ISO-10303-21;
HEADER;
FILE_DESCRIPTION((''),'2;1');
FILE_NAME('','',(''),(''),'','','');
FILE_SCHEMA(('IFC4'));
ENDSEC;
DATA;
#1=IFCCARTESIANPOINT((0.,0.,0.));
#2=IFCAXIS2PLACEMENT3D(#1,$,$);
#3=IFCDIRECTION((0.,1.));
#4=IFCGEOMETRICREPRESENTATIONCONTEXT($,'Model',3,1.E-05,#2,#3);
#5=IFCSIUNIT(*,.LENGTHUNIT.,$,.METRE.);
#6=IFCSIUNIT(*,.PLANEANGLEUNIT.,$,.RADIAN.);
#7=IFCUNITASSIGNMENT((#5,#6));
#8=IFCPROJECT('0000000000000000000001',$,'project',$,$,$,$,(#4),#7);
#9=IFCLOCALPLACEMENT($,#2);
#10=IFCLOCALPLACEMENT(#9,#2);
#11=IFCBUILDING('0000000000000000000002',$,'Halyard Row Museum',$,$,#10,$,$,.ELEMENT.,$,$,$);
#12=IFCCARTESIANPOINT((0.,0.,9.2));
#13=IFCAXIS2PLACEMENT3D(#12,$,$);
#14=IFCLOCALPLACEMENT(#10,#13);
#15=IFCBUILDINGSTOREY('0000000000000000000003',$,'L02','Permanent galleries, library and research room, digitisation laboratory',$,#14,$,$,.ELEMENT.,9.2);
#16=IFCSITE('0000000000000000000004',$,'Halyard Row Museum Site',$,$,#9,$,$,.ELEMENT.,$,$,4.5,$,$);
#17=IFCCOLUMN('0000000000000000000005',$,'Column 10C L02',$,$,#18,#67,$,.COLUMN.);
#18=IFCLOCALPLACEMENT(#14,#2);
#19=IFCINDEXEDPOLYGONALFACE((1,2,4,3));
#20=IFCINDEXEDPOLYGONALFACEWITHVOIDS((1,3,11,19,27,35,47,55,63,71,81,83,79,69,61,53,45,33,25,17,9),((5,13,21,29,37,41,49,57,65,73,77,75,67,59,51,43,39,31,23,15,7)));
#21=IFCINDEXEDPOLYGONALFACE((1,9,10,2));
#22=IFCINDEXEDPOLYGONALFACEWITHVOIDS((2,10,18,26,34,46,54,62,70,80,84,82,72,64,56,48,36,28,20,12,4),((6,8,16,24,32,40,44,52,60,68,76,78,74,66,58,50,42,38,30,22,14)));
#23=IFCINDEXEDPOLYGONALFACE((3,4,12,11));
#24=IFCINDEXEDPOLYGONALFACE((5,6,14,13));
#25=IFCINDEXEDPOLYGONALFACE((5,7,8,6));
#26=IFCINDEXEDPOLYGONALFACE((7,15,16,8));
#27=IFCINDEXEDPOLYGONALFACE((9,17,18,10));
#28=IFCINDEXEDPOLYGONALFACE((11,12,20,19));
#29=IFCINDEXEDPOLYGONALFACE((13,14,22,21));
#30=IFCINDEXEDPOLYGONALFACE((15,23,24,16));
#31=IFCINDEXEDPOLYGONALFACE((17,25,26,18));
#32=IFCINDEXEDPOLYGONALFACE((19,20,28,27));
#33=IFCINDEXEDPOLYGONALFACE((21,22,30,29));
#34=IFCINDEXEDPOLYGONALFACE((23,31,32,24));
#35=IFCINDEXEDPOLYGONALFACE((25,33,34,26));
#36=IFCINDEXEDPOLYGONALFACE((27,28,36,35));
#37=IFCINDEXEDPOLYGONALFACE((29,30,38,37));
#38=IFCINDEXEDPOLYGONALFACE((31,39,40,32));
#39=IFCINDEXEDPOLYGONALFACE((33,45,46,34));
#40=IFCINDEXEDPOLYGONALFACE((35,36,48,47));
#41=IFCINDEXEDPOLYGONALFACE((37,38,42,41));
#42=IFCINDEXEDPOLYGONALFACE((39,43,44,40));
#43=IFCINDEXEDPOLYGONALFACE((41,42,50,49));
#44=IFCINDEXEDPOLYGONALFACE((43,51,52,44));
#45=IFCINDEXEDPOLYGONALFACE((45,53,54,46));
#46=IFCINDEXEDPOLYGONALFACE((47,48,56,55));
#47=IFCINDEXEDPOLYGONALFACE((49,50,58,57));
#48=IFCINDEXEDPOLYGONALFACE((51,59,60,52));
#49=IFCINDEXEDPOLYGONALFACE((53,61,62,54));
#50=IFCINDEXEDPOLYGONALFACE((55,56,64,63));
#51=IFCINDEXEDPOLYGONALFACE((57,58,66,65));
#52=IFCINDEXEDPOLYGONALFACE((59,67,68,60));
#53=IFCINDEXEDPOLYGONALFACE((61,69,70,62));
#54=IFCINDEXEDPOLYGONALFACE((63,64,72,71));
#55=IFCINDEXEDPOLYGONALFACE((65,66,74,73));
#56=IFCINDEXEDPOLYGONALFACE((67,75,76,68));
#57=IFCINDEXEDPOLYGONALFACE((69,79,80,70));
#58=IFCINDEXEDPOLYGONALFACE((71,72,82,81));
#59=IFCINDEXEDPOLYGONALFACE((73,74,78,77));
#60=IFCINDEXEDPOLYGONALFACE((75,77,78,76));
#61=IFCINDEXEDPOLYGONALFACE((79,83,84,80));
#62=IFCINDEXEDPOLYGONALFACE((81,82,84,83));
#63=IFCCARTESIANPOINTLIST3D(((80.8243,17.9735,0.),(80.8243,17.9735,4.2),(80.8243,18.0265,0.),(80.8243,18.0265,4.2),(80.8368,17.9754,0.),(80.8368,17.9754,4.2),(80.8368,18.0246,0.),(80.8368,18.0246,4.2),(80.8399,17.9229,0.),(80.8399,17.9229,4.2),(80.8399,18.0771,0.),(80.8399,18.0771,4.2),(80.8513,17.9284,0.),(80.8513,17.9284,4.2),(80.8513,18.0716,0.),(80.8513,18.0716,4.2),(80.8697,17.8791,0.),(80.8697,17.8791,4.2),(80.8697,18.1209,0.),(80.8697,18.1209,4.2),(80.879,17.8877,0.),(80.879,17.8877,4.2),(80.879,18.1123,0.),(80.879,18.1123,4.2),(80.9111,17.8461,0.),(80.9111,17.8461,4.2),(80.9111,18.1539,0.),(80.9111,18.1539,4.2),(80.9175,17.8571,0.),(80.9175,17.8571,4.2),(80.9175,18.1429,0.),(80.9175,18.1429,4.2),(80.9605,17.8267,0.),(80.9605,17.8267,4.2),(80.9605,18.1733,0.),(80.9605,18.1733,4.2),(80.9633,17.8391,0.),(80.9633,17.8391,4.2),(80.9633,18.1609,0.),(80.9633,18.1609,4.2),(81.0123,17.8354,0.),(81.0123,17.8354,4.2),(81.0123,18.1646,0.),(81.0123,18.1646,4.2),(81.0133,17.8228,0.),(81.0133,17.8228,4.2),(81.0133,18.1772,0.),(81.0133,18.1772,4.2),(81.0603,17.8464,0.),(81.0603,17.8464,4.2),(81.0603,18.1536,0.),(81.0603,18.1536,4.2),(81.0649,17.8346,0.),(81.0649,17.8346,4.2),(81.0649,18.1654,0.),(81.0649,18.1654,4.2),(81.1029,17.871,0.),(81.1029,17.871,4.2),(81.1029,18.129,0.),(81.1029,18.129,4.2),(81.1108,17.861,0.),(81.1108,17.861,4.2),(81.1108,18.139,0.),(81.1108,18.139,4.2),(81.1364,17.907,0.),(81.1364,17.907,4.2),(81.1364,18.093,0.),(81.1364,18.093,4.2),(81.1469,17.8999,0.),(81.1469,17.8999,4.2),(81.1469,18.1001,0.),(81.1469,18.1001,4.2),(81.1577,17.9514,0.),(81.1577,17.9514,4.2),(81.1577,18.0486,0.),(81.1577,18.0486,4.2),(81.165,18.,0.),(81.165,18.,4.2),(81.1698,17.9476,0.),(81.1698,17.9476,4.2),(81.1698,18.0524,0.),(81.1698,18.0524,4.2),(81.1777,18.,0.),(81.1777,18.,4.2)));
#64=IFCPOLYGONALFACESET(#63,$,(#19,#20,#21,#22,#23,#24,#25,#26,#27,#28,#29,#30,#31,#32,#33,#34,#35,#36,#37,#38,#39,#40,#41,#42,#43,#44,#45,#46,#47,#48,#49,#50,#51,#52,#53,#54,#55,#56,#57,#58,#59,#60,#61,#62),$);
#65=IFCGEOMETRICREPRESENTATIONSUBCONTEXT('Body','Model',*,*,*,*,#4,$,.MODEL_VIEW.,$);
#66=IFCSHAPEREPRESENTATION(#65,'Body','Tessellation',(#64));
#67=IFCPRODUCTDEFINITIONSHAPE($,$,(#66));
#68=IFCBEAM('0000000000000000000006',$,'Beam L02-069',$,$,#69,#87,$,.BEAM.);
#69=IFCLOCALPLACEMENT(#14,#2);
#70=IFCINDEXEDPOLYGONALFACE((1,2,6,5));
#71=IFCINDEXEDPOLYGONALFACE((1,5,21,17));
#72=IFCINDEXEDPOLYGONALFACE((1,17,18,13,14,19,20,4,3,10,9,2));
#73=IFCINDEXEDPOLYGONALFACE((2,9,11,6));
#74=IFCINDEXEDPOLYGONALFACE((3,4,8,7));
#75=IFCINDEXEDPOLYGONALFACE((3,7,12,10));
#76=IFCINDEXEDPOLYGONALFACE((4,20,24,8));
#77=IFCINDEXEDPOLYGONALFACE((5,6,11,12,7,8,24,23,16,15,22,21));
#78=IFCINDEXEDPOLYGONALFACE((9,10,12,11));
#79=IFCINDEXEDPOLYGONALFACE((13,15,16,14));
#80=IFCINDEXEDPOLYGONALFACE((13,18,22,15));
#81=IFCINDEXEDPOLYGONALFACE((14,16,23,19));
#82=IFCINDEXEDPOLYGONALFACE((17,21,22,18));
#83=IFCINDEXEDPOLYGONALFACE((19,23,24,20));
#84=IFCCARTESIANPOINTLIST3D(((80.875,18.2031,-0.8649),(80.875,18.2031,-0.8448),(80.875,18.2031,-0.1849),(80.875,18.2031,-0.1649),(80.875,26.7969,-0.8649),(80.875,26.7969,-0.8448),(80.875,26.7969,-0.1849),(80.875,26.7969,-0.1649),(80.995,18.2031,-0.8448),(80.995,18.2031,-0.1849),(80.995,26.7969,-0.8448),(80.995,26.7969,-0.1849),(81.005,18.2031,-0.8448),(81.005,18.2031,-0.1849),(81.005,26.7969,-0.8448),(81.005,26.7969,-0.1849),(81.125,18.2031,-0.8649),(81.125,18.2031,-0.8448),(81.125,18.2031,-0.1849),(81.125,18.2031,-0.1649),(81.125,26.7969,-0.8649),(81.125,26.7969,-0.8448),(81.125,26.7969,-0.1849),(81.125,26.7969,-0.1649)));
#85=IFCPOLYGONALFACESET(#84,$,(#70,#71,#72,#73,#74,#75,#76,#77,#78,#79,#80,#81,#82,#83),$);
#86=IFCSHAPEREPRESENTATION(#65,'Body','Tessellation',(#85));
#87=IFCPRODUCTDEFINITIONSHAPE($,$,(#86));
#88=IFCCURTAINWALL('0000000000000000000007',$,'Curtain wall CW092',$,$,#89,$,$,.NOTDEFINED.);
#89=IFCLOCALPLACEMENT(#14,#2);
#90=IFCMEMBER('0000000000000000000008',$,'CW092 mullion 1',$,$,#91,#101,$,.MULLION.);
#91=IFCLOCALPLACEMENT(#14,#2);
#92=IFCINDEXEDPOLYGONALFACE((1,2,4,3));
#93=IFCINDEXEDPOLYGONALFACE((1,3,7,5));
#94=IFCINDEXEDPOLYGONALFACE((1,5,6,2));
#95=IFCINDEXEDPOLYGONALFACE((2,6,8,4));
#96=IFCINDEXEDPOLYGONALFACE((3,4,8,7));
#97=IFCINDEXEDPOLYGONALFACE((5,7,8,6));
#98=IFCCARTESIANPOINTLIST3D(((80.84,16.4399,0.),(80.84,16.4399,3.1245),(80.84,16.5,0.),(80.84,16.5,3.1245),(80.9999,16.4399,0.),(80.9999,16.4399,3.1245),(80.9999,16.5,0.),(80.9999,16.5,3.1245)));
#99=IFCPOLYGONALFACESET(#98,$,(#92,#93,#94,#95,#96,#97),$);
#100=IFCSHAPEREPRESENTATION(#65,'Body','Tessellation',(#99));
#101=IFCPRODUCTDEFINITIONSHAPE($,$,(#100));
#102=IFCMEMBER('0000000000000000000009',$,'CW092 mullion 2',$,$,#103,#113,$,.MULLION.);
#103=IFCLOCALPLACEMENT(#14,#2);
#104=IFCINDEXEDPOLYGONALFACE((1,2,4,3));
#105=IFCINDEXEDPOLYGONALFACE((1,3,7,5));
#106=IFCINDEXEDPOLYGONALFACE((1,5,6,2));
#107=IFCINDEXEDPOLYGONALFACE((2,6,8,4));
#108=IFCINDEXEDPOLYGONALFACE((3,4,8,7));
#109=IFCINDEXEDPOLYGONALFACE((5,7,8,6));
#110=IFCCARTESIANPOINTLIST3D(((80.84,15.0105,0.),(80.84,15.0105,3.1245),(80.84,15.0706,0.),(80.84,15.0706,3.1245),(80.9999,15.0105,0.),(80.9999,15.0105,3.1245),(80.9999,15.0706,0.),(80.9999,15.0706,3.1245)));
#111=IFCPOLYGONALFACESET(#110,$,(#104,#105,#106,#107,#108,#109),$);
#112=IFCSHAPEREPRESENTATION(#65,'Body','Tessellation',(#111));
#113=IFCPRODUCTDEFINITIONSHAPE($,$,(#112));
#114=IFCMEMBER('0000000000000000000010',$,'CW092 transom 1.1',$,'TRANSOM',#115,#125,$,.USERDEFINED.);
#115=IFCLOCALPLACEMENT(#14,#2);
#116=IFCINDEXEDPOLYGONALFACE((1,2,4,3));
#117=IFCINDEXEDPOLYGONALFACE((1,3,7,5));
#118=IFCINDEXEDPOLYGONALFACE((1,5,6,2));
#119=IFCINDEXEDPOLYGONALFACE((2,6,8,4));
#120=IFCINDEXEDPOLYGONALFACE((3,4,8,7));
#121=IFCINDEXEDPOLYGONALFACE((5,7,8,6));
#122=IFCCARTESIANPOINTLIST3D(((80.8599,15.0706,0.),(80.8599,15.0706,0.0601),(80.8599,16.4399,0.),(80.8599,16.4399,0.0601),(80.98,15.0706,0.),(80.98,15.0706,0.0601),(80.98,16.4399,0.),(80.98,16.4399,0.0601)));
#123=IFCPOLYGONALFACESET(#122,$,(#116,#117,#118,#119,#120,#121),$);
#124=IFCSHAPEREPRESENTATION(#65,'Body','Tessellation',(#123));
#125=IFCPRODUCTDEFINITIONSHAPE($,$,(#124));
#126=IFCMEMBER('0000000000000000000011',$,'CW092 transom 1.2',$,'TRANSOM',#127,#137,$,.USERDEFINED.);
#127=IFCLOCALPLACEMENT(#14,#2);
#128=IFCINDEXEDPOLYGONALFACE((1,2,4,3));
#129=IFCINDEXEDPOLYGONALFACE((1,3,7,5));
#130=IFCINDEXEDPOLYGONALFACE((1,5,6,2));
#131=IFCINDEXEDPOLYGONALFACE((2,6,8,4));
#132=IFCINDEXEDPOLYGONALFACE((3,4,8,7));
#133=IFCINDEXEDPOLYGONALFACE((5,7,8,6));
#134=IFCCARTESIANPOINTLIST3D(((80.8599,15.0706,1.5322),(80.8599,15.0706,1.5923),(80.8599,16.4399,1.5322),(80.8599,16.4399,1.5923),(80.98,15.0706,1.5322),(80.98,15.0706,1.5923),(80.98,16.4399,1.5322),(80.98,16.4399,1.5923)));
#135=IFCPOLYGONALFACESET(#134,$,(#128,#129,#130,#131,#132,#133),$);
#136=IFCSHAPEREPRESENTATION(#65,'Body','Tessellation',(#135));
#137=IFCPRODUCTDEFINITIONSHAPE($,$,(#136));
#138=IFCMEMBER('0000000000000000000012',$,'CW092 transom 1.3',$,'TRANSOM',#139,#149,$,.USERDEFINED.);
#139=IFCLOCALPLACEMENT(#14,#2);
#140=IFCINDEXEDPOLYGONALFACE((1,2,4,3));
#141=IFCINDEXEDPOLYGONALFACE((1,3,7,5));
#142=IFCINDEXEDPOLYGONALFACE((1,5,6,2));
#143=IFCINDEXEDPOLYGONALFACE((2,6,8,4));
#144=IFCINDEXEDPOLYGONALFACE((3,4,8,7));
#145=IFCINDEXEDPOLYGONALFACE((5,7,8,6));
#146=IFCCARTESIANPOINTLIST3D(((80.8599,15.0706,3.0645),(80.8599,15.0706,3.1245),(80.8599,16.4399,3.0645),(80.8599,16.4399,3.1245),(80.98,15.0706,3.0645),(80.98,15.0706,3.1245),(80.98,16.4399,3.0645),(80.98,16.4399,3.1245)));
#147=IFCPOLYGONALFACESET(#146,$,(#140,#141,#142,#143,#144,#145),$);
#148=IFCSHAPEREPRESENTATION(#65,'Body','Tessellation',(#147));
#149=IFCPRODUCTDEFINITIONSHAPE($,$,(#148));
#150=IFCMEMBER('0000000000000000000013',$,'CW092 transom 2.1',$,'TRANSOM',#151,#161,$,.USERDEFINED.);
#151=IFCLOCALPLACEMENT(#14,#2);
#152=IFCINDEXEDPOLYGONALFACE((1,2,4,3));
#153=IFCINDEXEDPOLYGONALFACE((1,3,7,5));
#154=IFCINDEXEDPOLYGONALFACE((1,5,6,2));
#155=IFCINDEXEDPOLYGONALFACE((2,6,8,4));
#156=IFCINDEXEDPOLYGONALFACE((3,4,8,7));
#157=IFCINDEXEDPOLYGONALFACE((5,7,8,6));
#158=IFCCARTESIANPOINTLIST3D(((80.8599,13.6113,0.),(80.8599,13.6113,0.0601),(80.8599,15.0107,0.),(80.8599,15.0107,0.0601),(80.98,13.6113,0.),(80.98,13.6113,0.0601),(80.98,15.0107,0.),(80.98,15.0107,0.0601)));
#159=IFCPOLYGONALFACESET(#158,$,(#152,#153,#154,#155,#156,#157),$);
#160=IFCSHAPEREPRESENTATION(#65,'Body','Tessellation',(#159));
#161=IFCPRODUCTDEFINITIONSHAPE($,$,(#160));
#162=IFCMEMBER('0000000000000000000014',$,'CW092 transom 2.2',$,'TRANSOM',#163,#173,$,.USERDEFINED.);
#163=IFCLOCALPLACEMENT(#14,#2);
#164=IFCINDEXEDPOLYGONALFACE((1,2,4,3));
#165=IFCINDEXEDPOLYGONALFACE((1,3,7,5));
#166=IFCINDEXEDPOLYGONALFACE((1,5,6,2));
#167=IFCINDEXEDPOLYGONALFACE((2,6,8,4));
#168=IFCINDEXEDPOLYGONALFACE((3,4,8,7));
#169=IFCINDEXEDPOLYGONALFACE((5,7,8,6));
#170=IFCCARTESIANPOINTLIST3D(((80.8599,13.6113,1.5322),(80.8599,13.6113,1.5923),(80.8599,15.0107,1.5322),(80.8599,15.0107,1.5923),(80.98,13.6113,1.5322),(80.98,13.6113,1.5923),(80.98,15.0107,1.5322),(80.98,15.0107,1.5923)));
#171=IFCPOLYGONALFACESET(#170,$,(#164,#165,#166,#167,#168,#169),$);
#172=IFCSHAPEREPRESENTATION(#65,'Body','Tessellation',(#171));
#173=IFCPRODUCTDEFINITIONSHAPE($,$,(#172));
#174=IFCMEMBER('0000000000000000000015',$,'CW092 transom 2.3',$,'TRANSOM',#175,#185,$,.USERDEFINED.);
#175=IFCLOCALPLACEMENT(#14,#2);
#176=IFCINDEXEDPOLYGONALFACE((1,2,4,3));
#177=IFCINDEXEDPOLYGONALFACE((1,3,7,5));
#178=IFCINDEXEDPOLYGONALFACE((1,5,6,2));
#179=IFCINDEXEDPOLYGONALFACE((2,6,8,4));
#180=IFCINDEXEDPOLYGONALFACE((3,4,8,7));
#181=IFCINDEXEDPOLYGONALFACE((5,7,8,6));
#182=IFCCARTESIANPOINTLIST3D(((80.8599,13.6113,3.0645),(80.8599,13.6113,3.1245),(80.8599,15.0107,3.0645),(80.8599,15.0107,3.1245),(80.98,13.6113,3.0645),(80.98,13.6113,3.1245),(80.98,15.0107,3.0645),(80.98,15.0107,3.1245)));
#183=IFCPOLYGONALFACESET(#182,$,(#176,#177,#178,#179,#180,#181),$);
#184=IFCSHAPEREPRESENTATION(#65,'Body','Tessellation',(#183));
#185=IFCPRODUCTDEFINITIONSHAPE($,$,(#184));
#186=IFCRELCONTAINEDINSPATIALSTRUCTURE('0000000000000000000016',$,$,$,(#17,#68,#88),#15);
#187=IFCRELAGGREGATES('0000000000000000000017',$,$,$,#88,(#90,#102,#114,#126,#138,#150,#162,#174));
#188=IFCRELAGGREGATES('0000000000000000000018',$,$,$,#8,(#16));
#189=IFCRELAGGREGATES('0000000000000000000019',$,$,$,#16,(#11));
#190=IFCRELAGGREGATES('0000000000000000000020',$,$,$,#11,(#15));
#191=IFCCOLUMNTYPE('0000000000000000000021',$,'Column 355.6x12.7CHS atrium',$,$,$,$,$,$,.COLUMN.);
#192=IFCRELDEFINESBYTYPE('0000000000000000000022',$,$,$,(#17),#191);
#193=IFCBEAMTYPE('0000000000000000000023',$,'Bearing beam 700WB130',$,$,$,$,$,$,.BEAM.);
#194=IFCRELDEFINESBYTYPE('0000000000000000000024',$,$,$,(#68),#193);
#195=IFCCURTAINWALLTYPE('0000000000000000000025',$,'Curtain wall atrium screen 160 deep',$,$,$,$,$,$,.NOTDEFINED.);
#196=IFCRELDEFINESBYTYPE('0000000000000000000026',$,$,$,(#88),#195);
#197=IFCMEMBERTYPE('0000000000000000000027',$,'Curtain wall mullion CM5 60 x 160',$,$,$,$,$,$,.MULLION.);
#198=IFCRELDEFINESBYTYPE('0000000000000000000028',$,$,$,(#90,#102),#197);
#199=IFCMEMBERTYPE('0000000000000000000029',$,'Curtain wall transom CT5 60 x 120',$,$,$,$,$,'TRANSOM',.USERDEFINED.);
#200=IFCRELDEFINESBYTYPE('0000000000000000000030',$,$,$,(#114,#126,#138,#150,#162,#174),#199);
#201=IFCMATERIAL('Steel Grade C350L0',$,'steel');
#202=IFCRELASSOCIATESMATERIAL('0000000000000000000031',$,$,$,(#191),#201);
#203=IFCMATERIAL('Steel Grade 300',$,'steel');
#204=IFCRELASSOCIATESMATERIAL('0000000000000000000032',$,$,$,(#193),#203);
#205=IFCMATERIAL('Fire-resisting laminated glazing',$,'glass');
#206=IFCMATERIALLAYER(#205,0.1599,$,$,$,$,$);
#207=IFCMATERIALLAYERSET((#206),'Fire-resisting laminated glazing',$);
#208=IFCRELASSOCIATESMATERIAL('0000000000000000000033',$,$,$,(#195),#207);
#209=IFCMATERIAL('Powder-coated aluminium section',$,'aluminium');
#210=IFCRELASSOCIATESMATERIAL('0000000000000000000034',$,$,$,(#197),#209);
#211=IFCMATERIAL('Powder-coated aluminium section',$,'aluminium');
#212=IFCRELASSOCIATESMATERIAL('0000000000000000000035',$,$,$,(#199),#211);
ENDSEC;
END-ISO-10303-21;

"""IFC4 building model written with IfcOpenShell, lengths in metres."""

from ifc_helpers import new_model, si_unit, direction, frame, origin, origin_2d, place, context, subcontext, project, spatial, rectangle, hollow_circle, i_section, extrude, material, layer, layer_set, material_profile, profile_set, type_object, element, aggregate, save


model = new_model("IFC4")

# Units and contexts
model_context = context("Model", 3, precision=1e-05, world=origin(), true_north=direction((0.0, 1.0)))
body_context = subcontext(model_context, "Body", "Model", "MODEL_VIEW")
ifc_project = project(units=[si_unit("LENGTHUNIT", "METRE"), si_unit("PLANEANGLEUNIT", "RADIAN")], contexts=[model_context])

# Site, building, storey
site_placement = place(None, origin())
site = spatial("IfcSite", under=ifc_project, at=site_placement, Name="Halyard Row Museum Site", CompositionType="ELEMENT", RefElevation=4.5)
building_placement = place(site_placement, origin())
building = spatial("IfcBuilding", under=site, at=building_placement, Name="Halyard Row Museum", CompositionType="ELEMENT")
storey_placement = place(building_placement, frame((0.0, 0.0, 9.2)))
storey = spatial("IfcBuildingStorey", under=building, at=storey_placement, Name="L02", Description="Permanent galleries, library and research room, digitisation laboratory", CompositionType="ELEMENT", Elevation=9.2)

# Column
ifc_material_1 = material(Name="Steel Grade C350L0", Category="steel")
ifc_material_profile_1 = material_profile(ifc_material_1, hollow_circle(Radius=0.1777, WallThickness=0.0127, at=origin_2d()), Name="355.6x12.7CHS")
ifc_profile_set_1 = profile_set([ifc_material_profile_1], Name="Steel Grade C350L0")
column_type = type_object("IfcColumnType", Name="Column 355.6x12.7CHS atrium", PredefinedType="COLUMN", material=ifc_profile_set_1)
column_placement = place(storey_placement, frame((81.0, 18.0, 0.0), z_axis=(0.0, 0.0, 1.0), x_axis=(1.0, 0.0, 0.0)))
element("IfcColumn", 1, at=column_placement, inside=storey, type_object=column_type, Name="Column 10C L02", PredefinedType="COLUMN", context=body_context, shape_type="SweptSolid", body=[
    extrude(hollow_circle(Radius=0.1777, WallThickness=0.0127, at=origin_2d()), origin(), (0.0, 0.0, 1.0), 4.2),
])

# Beam
ifc_material_2 = material(Name="Steel Grade 300", Category="steel")
ifc_material_profile_2 = material_profile(ifc_material_2, i_section(OverallWidth=0.25, OverallDepth=0.7, WebThickness=0.01, FlangeThickness=0.02, at=origin_2d()), Name="700WB130")
ifc_profile_set_2 = profile_set([ifc_material_profile_2], Name="Steel Grade 300")
beam_type_1 = type_object("IfcBeamType", Name="Bearing beam 700WB130", PredefinedType="BEAM", material=ifc_profile_set_2)
beam_1_placement = place(storey_placement, frame((81.0, 18.2031, -0.5149), z_axis=(0.0, 1.0, 0.0), x_axis=(-1.0, 0.0, 0.0)))
element("IfcBeam", 2, at=beam_1_placement, inside=storey, type_object=beam_type_1, Name="Beam L02-069", PredefinedType="BEAM", context=body_context, shape_type="SweptSolid", body=[
    extrude(i_section(OverallWidth=0.25, OverallDepth=0.7, WebThickness=0.01, FlangeThickness=0.02, at=origin_2d()), origin(), (0.0, 0.0, 1.0), 8.5938),
])

# Curtain wall, members
ifc_material_3 = material(Name="Fire-resisting laminated glazing", Category="glass")
ifc_layer_1 = layer(ifc_material_3, 0.1599)
ifc_layer_set_1 = layer_set([ifc_layer_1], Name="Fire-resisting laminated glazing")
curtain_wall_type = type_object("IfcCurtainWallType", Name="Curtain wall atrium screen 160 deep", PredefinedType="NOTDEFINED", material=ifc_layer_set_1)
curtain_wall_placement = place(storey_placement, origin())
curtain_wall = element("IfcCurtainWall", 3, at=curtain_wall_placement, inside=storey, type_object=curtain_wall_type, Name="Curtain wall CW092", PredefinedType="NOTDEFINED")
ifc_material_4 = material(Name="Powder-coated aluminium section", Category="aluminium")
ifc_material_profile_3 = material_profile(ifc_material_4, rectangle(XDim=0.1599, YDim=0.0601, at=origin_2d()), Name="160x60 mullion")
ifc_profile_set_3 = profile_set([ifc_material_profile_3], Name="Powder-coated aluminium section")
member_type_1 = type_object("IfcMemberType", Name="Curtain wall mullion CM5 60 x 160", PredefinedType="MULLION", material=ifc_profile_set_3)
member_1_placement = place(storey_placement, frame((80.9199, 16.47, 0.0), z_axis=(0.0, 0.0, 1.0), x_axis=(1.0, 0.0, 0.0)))
member_1 = element("IfcMember", 4, at=member_1_placement, type_object=member_type_1, Name="CW092 mullion 1", PredefinedType="MULLION", context=body_context, shape_type="SweptSolid", body=[
    extrude(rectangle(XDim=0.1599, YDim=0.0601, at=origin_2d()), origin(), (0.0, 0.0, 1.0), 3.1245),
])
member_2_placement = place(storey_placement, frame((80.9199, 15.0405, 0.0), z_axis=(0.0, 0.0, 1.0), x_axis=(1.0, 0.0, 0.0)))
member_2 = element("IfcMember", 5, at=member_2_placement, type_object=member_type_1, Name="CW092 mullion 2", PredefinedType="MULLION", context=body_context, shape_type="SweptSolid", body=[
    extrude(rectangle(XDim=0.1599, YDim=0.0601, at=origin_2d()), origin(), (0.0, 0.0, 1.0), 3.1245),
])
ifc_material_5 = material(Name="Powder-coated aluminium section", Category="aluminium")
ifc_material_profile_4 = material_profile(ifc_material_5, rectangle(XDim=0.1201, YDim=0.0601, at=origin_2d()), Name="120x60 transom")
ifc_profile_set_4 = profile_set([ifc_material_profile_4], Name="Powder-coated aluminium section")
member_type_2 = type_object("IfcMemberType", Name="Curtain wall transom CT5 60 x 120", ElementType="TRANSOM", PredefinedType="USERDEFINED", material=ifc_profile_set_4)
member_3_placement = place(storey_placement, frame((80.9199, 16.4399, 0.03), z_axis=(0.0, -1.0, 0.0), x_axis=(1.0, 0.0, 0.0)))
member_3 = element("IfcMember", 6, at=member_3_placement, type_object=member_type_2, Name="CW092 transom 1.1", ObjectType="TRANSOM", PredefinedType="USERDEFINED", context=body_context, shape_type="SweptSolid", body=[
    extrude(rectangle(XDim=0.1201, YDim=0.0601, at=origin_2d()), origin(), (0.0, 0.0, 1.0), 1.3694),
])
member_4_placement = place(storey_placement, frame((80.9199, 16.4399, 1.5623), z_axis=(0.0, -1.0, 0.0), x_axis=(1.0, 0.0, 0.0)))
member_4 = element("IfcMember", 7, at=member_4_placement, type_object=member_type_2, Name="CW092 transom 1.2", ObjectType="TRANSOM", PredefinedType="USERDEFINED", context=body_context, shape_type="SweptSolid", body=[
    extrude(rectangle(XDim=0.1201, YDim=0.0601, at=origin_2d()), origin(), (0.0, 0.0, 1.0), 1.3694),
])
member_5_placement = place(storey_placement, frame((80.9199, 16.4399, 3.0945), z_axis=(0.0, -1.0, 0.0), x_axis=(1.0, 0.0, 0.0)))
member_5 = element("IfcMember", 8, at=member_5_placement, type_object=member_type_2, Name="CW092 transom 1.3", ObjectType="TRANSOM", PredefinedType="USERDEFINED", context=body_context, shape_type="SweptSolid", body=[
    extrude(rectangle(XDim=0.1201, YDim=0.0601, at=origin_2d()), origin(), (0.0, 0.0, 1.0), 1.3694),
])
member_6_placement = place(storey_placement, frame((80.9199, 15.0107, 0.03), z_axis=(0.0, -1.0, 0.0), x_axis=(1.0, 0.0, 0.0)))
member_6 = element("IfcMember", 9, at=member_6_placement, type_object=member_type_2, Name="CW092 transom 2.1", ObjectType="TRANSOM", PredefinedType="USERDEFINED", context=body_context, shape_type="SweptSolid", body=[
    extrude(rectangle(XDim=0.1201, YDim=0.0601, at=origin_2d()), origin(), (0.0, 0.0, 1.0), 1.3994),
])
member_7_placement = place(storey_placement, frame((80.9199, 15.0107, 1.5623), z_axis=(0.0, -1.0, 0.0), x_axis=(1.0, 0.0, 0.0)))
member_7 = element("IfcMember", 10, at=member_7_placement, type_object=member_type_2, Name="CW092 transom 2.2", ObjectType="TRANSOM", PredefinedType="USERDEFINED", context=body_context, shape_type="SweptSolid", body=[
    extrude(rectangle(XDim=0.1201, YDim=0.0601, at=origin_2d()), origin(), (0.0, 0.0, 1.0), 1.3994),
])
member_8_placement = place(storey_placement, frame((80.9199, 15.0107, 3.0945), z_axis=(0.0, -1.0, 0.0), x_axis=(1.0, 0.0, 0.0)))
member_8 = element("IfcMember", 11, at=member_8_placement, type_object=member_type_2, Name="CW092 transom 2.3", ObjectType="TRANSOM", PredefinedType="USERDEFINED", context=body_context, shape_type="SweptSolid", body=[
    extrude(rectangle(XDim=0.1201, YDim=0.0601, at=origin_2d()), origin(), (0.0, 0.0, 1.0), 1.3994),
])

aggregate(curtain_wall, [member_1, member_2, member_3, member_4, member_5, member_6, member_7, member_8])

save(model, "model.ifc")
